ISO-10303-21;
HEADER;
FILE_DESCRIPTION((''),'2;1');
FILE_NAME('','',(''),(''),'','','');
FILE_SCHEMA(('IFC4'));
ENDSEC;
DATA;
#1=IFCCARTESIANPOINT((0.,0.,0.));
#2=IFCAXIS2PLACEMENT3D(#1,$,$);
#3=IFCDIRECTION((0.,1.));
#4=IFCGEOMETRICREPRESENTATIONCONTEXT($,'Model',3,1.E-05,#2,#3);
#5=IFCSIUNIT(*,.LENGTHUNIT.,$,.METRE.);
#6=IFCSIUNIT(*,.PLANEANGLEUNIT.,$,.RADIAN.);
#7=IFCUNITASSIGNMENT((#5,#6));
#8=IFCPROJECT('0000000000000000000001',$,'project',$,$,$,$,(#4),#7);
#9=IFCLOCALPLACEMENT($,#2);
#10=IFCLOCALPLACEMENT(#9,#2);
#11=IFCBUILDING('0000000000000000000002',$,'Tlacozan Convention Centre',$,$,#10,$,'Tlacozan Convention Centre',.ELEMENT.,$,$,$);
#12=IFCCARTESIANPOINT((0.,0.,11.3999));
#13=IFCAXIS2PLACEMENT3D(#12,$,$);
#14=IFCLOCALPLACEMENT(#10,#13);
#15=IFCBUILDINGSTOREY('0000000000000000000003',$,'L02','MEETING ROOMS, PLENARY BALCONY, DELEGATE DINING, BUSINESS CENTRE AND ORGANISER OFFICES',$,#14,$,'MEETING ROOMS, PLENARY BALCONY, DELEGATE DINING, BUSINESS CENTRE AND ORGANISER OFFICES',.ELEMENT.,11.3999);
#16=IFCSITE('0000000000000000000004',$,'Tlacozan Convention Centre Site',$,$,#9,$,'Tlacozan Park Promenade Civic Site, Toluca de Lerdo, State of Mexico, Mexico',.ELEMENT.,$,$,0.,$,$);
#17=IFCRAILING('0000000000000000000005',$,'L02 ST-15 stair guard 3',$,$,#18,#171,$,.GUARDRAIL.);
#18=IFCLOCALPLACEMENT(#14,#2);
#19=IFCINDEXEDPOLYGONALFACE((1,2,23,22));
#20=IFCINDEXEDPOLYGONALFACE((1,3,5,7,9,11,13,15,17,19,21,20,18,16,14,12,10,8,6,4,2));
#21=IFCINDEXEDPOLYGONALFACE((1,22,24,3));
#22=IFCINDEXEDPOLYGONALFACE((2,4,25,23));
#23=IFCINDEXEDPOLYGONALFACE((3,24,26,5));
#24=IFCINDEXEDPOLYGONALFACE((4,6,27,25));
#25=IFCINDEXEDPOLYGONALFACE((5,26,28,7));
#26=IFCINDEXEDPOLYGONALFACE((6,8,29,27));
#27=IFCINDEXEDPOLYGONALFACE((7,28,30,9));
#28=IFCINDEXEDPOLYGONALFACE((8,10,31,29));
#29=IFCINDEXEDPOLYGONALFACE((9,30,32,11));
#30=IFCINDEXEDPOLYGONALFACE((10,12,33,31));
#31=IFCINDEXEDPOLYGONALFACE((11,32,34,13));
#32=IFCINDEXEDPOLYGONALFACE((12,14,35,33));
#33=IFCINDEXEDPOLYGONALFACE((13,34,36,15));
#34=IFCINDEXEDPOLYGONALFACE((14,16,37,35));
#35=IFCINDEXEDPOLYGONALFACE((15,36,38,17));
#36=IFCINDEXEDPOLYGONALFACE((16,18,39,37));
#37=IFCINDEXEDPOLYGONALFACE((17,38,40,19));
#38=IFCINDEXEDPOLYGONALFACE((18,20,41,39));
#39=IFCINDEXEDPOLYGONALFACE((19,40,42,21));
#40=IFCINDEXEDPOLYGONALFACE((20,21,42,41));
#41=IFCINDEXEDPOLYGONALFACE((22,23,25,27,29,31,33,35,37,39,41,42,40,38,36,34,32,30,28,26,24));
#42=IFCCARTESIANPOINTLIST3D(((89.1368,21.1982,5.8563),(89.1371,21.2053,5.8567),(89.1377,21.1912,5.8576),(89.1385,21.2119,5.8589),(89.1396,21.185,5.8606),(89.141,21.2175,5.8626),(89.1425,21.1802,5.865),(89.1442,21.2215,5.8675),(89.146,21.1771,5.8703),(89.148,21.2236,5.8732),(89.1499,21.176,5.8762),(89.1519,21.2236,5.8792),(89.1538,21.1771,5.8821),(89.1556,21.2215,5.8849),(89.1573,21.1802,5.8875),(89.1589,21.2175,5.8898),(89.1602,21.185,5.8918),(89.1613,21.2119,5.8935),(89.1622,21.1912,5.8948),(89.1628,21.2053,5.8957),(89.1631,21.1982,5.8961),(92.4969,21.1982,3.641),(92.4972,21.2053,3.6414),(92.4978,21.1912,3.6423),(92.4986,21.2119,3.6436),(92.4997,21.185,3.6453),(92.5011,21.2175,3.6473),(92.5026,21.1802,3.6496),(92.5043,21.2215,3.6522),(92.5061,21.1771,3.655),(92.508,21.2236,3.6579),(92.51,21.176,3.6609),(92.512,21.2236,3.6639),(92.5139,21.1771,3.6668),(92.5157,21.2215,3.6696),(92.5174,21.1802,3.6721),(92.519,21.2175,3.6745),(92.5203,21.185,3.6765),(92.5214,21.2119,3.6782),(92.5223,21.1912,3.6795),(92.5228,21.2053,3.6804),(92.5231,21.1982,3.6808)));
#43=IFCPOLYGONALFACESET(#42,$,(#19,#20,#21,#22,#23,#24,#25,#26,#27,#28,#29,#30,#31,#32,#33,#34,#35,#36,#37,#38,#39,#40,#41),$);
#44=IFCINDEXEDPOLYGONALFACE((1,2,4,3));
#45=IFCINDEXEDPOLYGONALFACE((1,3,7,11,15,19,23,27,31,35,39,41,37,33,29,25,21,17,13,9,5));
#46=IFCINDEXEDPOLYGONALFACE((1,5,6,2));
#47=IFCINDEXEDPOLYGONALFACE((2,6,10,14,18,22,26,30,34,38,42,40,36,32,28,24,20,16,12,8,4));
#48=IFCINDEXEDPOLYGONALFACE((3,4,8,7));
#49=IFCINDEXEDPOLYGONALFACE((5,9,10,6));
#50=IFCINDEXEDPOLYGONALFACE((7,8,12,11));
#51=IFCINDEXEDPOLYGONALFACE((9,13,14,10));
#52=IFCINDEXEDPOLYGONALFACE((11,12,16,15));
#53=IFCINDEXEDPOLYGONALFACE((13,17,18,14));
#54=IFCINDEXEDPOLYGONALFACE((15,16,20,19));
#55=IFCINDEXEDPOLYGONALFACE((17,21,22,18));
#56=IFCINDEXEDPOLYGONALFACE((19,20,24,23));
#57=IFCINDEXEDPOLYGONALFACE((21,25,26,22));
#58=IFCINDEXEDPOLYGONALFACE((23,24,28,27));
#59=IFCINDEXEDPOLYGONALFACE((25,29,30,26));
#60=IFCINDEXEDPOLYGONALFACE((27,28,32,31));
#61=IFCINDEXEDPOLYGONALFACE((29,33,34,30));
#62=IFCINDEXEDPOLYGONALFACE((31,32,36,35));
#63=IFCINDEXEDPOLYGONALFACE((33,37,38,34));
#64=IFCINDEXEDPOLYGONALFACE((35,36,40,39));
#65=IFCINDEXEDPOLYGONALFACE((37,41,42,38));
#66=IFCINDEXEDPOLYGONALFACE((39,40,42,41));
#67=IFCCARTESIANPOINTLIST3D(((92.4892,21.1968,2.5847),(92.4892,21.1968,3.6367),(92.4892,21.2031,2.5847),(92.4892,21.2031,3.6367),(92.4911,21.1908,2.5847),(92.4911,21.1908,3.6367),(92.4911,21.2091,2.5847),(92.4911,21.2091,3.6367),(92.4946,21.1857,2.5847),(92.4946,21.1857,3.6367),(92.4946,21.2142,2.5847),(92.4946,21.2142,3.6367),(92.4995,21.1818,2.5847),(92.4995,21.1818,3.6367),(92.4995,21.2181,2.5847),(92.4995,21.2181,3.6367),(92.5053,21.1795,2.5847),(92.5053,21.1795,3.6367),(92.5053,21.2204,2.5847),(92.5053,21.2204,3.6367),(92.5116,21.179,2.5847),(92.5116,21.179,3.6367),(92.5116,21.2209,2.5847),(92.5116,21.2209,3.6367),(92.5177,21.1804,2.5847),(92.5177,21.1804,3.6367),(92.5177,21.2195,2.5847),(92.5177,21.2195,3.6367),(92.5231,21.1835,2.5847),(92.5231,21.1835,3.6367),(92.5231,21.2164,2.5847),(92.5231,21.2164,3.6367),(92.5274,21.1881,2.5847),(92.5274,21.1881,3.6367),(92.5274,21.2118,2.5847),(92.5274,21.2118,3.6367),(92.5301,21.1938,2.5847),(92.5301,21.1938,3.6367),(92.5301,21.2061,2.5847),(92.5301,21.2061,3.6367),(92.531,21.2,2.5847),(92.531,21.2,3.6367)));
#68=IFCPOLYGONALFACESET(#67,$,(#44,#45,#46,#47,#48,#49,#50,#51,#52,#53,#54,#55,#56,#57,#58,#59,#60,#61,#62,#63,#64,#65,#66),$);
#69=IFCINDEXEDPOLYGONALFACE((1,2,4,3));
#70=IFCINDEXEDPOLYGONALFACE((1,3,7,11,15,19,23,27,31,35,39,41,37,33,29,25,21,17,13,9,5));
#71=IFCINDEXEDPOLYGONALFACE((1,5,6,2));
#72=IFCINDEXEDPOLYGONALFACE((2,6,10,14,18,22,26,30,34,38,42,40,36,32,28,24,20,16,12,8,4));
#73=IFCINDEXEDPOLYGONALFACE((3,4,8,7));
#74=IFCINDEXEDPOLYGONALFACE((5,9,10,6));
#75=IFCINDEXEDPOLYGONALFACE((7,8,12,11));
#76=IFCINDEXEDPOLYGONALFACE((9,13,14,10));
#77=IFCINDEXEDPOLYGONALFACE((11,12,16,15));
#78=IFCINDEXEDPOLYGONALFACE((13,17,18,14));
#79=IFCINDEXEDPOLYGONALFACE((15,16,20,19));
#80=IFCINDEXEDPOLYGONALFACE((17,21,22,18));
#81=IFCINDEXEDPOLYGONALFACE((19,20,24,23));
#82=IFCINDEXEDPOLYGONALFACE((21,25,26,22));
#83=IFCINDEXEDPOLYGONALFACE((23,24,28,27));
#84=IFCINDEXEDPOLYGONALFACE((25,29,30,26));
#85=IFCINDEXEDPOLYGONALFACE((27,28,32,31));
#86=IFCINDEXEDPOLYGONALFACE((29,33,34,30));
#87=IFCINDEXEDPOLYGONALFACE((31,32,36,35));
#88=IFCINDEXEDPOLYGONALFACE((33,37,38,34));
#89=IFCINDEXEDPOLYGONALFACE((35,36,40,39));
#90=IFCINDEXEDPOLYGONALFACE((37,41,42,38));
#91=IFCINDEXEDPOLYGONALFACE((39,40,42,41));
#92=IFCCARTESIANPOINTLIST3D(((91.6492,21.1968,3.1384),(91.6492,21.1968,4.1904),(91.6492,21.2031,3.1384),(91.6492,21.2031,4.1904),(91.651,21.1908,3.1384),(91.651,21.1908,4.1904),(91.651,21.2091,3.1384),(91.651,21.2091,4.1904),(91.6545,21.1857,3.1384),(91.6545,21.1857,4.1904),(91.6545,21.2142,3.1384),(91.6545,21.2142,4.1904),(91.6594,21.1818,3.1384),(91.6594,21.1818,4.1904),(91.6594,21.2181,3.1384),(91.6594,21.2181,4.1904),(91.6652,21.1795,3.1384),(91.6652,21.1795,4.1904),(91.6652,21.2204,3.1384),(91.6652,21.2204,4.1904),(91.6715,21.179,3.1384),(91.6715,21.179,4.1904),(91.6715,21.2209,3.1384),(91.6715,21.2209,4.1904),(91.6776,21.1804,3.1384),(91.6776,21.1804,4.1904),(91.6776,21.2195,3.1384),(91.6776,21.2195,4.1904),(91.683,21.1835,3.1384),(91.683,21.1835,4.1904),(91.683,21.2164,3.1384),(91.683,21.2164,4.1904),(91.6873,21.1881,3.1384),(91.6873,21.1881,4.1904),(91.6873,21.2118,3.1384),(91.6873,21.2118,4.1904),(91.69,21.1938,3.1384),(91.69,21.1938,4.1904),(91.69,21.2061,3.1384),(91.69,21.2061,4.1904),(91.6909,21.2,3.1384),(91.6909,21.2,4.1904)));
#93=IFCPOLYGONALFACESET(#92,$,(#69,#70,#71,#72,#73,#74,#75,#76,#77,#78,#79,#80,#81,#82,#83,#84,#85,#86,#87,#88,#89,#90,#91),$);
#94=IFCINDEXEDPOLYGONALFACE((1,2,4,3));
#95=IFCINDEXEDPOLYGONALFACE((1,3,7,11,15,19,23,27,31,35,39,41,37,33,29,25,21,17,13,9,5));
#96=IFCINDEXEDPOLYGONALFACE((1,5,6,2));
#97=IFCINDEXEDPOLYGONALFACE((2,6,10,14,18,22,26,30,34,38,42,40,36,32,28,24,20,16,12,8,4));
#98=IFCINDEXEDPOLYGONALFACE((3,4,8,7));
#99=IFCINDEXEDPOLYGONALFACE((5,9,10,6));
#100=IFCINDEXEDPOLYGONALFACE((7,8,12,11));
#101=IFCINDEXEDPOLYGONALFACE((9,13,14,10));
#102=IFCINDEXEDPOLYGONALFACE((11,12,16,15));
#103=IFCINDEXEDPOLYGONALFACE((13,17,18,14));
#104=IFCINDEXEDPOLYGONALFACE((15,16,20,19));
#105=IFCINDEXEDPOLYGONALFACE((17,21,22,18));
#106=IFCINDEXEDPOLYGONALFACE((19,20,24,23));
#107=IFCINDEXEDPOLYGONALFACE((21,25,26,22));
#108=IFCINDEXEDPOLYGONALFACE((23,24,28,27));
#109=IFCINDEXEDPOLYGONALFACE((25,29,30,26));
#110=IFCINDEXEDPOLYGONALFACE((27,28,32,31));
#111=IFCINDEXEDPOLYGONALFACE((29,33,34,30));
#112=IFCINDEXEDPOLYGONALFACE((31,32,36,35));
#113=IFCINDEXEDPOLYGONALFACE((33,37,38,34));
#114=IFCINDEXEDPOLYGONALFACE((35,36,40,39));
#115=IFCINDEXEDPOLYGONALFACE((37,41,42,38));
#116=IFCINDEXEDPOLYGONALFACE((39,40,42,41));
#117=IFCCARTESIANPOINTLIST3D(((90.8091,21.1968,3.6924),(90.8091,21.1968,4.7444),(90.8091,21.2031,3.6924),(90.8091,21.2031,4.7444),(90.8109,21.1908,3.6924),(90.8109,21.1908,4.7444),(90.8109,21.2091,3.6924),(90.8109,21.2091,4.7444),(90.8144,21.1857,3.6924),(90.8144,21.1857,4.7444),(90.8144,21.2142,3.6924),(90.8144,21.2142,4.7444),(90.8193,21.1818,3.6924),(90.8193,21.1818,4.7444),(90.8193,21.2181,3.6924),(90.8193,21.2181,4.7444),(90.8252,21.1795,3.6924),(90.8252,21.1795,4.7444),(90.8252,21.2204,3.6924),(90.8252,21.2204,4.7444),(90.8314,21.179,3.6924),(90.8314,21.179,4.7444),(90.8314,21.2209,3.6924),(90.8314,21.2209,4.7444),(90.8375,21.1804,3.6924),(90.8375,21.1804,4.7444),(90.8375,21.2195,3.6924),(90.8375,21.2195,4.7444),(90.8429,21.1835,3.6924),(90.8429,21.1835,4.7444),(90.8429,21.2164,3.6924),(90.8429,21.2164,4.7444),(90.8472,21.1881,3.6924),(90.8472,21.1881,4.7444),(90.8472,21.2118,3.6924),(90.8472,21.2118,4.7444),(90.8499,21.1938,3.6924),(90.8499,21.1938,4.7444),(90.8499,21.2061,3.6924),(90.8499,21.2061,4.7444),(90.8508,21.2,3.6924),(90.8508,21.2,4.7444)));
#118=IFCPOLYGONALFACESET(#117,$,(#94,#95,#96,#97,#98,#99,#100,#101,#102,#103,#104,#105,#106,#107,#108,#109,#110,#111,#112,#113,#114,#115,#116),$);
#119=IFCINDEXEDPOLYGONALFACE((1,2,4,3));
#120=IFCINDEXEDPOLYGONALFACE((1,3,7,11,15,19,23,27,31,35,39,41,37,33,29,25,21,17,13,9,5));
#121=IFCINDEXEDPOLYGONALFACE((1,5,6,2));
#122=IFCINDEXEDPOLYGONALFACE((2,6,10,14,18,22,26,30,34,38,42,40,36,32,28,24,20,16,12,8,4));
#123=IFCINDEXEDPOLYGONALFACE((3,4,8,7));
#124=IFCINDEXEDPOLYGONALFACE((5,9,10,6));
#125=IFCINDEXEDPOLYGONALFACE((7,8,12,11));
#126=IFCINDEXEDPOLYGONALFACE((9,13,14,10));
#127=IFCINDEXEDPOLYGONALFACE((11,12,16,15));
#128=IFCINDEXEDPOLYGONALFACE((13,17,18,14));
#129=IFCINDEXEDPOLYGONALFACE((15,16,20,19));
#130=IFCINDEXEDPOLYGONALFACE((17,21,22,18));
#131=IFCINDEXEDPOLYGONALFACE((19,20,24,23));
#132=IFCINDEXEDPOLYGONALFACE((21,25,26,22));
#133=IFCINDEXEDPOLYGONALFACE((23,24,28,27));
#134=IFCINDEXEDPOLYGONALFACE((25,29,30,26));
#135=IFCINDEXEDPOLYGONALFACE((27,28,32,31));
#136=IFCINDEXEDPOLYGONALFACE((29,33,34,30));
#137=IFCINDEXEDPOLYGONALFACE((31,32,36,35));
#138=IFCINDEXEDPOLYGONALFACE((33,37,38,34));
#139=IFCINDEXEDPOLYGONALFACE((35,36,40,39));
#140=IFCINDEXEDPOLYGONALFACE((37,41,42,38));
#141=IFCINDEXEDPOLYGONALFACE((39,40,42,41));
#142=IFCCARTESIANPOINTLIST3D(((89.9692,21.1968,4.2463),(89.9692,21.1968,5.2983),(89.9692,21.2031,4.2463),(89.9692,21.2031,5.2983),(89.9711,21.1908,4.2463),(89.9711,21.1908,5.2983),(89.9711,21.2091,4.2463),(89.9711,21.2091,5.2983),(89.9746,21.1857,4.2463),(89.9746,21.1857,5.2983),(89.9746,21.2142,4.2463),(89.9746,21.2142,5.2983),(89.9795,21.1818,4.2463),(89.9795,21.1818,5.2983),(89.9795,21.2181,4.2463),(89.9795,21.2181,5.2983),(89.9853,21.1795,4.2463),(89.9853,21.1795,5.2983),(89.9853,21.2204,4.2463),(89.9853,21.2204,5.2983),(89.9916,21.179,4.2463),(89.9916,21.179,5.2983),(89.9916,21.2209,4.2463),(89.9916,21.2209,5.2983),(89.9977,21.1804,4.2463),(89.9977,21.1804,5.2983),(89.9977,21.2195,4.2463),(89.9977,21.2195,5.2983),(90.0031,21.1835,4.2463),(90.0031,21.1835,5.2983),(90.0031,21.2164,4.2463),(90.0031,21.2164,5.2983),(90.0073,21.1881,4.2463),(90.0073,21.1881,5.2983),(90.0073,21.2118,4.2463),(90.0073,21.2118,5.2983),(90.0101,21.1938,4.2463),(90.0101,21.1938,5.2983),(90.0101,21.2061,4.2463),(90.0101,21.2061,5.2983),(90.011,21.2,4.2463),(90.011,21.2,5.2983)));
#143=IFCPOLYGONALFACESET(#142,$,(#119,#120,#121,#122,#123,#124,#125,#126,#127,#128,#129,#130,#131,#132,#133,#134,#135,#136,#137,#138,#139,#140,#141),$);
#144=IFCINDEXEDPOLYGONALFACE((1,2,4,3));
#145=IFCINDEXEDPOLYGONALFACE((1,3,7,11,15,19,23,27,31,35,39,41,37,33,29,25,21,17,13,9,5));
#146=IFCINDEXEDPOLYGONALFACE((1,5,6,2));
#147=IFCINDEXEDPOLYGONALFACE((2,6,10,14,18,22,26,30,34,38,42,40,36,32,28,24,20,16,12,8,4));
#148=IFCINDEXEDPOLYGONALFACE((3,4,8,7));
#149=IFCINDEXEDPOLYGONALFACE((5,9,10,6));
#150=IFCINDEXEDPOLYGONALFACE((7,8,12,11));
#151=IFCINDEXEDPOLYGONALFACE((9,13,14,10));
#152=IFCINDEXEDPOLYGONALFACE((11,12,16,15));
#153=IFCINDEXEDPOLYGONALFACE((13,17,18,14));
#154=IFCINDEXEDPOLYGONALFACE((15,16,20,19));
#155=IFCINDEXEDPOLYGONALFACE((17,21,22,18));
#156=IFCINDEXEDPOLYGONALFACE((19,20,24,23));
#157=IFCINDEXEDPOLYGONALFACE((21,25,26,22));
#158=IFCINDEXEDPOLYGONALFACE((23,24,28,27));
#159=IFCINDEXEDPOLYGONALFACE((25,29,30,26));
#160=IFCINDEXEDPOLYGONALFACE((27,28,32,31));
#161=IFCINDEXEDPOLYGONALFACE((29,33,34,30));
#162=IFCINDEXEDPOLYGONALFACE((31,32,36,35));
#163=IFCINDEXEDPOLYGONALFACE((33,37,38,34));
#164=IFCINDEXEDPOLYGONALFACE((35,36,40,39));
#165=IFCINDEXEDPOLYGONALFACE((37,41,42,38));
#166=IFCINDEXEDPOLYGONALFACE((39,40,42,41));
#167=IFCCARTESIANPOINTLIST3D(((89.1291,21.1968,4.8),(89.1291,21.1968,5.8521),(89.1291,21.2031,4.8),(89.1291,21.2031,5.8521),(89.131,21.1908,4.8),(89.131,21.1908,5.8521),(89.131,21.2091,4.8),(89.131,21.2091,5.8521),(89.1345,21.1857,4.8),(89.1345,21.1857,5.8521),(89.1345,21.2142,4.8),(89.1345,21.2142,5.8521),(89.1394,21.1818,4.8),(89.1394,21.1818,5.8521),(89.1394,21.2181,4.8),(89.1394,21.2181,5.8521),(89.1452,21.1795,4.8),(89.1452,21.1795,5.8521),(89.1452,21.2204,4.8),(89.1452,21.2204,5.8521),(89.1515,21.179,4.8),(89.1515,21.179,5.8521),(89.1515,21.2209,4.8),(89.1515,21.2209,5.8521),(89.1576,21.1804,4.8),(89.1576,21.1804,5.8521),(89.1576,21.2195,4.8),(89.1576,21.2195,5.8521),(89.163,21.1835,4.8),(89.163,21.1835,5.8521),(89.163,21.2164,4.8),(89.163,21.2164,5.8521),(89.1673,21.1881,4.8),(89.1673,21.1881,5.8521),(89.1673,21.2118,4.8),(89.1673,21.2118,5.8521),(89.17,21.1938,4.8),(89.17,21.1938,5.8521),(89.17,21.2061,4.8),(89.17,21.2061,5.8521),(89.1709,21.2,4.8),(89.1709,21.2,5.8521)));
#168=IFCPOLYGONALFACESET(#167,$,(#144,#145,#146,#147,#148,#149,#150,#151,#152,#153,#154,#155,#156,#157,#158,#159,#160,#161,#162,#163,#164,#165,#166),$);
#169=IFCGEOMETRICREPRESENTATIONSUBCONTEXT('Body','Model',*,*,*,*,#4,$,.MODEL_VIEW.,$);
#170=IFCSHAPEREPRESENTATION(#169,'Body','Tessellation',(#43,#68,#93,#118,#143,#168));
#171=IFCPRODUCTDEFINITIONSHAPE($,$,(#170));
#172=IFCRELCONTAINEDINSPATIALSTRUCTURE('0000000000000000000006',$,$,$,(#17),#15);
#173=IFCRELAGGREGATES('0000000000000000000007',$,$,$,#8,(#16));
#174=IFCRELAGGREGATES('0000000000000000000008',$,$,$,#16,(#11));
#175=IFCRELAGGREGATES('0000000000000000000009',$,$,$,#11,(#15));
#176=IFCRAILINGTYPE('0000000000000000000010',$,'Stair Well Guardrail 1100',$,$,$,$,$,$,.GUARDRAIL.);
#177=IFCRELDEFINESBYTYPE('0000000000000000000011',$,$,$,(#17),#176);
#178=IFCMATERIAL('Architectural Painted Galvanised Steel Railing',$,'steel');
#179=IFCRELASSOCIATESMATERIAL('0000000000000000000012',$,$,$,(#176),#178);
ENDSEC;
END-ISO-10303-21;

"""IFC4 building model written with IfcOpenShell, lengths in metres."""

from ifc_helpers import new_model, si_unit, direction, frame, origin, origin_2d, place, context, subcontext, project, spatial, circle, extrude, material, type_object, element, save


model = new_model("IFC4")

# Units and contexts
model_context = context("Model", 3, precision=1e-05, world=origin(), true_north=direction((0.0, 1.0)))
body_context = subcontext(model_context, "Body", "Model", "MODEL_VIEW")
ifc_project = project(units=[si_unit("LENGTHUNIT", "METRE"), si_unit("PLANEANGLEUNIT", "RADIAN")], contexts=[model_context])

# Site, building, storey
site_placement = place(None, origin())
site = spatial("IfcSite", under=ifc_project, at=site_placement, Name="Tlacozan Convention Centre Site", LongName="Tlacozan Park Promenade Civic Site, Toluca de Lerdo, State of Mexico, Mexico", CompositionType="ELEMENT", RefElevation=0.0)
building_placement = place(site_placement, origin())
building = spatial("IfcBuilding", under=site, at=building_placement, Name="Tlacozan Convention Centre", LongName="Tlacozan Convention Centre", CompositionType="ELEMENT")
storey_placement = place(building_placement, frame((0.0, 0.0, 11.3999)))
storey = spatial("IfcBuildingStorey", under=building, at=storey_placement, Name="L02", Description="MEETING ROOMS, PLENARY BALCONY, DELEGATE DINING, BUSINESS CENTRE AND ORGANISER OFFICES", LongName="MEETING ROOMS, PLENARY BALCONY, DELEGATE DINING, BUSINESS CENTRE AND ORGANISER OFFICES", CompositionType="ELEMENT", Elevation=11.3999)

# Railing
ifc_material_1 = material(Name="Architectural Painted Galvanised Steel Railing", Category="steel")
railing_type_1 = type_object("IfcRailingType", Name="Stair Well Guardrail 1100", PredefinedType="GUARDRAIL", material=ifc_material_1)
railing_1_placement = place(storey_placement, frame((92.51, 21.2, 2.5847)))
element("IfcRailing", 1, at=railing_1_placement, inside=storey, type_object=railing_type_1, Name="L02 ST-15 stair guard 3", PredefinedType="GUARDRAIL", context=body_context, shape_type="SweptSolid", body=[
    extrude(circle(Radius=0.0239, at=origin_2d()), frame((0.0, 0.0, 1.0762), z_axis=(-0.834876, 0.0, 0.550437), x_axis=(0.0, -1.0, 0.0)), (0.0, 0.0, 1.0), 4.0247),
    extrude(circle(Radius=0.021, at=origin_2d()), origin(), (0.0, 0.0, 1.0), 1.052),
    extrude(circle(Radius=0.021, at=origin_2d()), frame((-0.8401, 0.0, 0.5537)), (0.0, 0.0, 1.0), 1.052),
    extrude(circle(Radius=0.021, at=origin_2d()), frame((-1.6802, 0.0, 1.1077)), (0.0, 0.0, 1.0), 1.052),
    extrude(circle(Radius=0.021, at=origin_2d()), frame((-2.52, 0.0, 1.6616)), (0.0, 0.0, 1.0), 1.052),
    extrude(circle(Radius=0.021, at=origin_2d()), frame((-3.3601, 0.0, 2.2153)), (0.0, 0.0, 1.0), 1.052),
])

save(model, "model.ifc")
